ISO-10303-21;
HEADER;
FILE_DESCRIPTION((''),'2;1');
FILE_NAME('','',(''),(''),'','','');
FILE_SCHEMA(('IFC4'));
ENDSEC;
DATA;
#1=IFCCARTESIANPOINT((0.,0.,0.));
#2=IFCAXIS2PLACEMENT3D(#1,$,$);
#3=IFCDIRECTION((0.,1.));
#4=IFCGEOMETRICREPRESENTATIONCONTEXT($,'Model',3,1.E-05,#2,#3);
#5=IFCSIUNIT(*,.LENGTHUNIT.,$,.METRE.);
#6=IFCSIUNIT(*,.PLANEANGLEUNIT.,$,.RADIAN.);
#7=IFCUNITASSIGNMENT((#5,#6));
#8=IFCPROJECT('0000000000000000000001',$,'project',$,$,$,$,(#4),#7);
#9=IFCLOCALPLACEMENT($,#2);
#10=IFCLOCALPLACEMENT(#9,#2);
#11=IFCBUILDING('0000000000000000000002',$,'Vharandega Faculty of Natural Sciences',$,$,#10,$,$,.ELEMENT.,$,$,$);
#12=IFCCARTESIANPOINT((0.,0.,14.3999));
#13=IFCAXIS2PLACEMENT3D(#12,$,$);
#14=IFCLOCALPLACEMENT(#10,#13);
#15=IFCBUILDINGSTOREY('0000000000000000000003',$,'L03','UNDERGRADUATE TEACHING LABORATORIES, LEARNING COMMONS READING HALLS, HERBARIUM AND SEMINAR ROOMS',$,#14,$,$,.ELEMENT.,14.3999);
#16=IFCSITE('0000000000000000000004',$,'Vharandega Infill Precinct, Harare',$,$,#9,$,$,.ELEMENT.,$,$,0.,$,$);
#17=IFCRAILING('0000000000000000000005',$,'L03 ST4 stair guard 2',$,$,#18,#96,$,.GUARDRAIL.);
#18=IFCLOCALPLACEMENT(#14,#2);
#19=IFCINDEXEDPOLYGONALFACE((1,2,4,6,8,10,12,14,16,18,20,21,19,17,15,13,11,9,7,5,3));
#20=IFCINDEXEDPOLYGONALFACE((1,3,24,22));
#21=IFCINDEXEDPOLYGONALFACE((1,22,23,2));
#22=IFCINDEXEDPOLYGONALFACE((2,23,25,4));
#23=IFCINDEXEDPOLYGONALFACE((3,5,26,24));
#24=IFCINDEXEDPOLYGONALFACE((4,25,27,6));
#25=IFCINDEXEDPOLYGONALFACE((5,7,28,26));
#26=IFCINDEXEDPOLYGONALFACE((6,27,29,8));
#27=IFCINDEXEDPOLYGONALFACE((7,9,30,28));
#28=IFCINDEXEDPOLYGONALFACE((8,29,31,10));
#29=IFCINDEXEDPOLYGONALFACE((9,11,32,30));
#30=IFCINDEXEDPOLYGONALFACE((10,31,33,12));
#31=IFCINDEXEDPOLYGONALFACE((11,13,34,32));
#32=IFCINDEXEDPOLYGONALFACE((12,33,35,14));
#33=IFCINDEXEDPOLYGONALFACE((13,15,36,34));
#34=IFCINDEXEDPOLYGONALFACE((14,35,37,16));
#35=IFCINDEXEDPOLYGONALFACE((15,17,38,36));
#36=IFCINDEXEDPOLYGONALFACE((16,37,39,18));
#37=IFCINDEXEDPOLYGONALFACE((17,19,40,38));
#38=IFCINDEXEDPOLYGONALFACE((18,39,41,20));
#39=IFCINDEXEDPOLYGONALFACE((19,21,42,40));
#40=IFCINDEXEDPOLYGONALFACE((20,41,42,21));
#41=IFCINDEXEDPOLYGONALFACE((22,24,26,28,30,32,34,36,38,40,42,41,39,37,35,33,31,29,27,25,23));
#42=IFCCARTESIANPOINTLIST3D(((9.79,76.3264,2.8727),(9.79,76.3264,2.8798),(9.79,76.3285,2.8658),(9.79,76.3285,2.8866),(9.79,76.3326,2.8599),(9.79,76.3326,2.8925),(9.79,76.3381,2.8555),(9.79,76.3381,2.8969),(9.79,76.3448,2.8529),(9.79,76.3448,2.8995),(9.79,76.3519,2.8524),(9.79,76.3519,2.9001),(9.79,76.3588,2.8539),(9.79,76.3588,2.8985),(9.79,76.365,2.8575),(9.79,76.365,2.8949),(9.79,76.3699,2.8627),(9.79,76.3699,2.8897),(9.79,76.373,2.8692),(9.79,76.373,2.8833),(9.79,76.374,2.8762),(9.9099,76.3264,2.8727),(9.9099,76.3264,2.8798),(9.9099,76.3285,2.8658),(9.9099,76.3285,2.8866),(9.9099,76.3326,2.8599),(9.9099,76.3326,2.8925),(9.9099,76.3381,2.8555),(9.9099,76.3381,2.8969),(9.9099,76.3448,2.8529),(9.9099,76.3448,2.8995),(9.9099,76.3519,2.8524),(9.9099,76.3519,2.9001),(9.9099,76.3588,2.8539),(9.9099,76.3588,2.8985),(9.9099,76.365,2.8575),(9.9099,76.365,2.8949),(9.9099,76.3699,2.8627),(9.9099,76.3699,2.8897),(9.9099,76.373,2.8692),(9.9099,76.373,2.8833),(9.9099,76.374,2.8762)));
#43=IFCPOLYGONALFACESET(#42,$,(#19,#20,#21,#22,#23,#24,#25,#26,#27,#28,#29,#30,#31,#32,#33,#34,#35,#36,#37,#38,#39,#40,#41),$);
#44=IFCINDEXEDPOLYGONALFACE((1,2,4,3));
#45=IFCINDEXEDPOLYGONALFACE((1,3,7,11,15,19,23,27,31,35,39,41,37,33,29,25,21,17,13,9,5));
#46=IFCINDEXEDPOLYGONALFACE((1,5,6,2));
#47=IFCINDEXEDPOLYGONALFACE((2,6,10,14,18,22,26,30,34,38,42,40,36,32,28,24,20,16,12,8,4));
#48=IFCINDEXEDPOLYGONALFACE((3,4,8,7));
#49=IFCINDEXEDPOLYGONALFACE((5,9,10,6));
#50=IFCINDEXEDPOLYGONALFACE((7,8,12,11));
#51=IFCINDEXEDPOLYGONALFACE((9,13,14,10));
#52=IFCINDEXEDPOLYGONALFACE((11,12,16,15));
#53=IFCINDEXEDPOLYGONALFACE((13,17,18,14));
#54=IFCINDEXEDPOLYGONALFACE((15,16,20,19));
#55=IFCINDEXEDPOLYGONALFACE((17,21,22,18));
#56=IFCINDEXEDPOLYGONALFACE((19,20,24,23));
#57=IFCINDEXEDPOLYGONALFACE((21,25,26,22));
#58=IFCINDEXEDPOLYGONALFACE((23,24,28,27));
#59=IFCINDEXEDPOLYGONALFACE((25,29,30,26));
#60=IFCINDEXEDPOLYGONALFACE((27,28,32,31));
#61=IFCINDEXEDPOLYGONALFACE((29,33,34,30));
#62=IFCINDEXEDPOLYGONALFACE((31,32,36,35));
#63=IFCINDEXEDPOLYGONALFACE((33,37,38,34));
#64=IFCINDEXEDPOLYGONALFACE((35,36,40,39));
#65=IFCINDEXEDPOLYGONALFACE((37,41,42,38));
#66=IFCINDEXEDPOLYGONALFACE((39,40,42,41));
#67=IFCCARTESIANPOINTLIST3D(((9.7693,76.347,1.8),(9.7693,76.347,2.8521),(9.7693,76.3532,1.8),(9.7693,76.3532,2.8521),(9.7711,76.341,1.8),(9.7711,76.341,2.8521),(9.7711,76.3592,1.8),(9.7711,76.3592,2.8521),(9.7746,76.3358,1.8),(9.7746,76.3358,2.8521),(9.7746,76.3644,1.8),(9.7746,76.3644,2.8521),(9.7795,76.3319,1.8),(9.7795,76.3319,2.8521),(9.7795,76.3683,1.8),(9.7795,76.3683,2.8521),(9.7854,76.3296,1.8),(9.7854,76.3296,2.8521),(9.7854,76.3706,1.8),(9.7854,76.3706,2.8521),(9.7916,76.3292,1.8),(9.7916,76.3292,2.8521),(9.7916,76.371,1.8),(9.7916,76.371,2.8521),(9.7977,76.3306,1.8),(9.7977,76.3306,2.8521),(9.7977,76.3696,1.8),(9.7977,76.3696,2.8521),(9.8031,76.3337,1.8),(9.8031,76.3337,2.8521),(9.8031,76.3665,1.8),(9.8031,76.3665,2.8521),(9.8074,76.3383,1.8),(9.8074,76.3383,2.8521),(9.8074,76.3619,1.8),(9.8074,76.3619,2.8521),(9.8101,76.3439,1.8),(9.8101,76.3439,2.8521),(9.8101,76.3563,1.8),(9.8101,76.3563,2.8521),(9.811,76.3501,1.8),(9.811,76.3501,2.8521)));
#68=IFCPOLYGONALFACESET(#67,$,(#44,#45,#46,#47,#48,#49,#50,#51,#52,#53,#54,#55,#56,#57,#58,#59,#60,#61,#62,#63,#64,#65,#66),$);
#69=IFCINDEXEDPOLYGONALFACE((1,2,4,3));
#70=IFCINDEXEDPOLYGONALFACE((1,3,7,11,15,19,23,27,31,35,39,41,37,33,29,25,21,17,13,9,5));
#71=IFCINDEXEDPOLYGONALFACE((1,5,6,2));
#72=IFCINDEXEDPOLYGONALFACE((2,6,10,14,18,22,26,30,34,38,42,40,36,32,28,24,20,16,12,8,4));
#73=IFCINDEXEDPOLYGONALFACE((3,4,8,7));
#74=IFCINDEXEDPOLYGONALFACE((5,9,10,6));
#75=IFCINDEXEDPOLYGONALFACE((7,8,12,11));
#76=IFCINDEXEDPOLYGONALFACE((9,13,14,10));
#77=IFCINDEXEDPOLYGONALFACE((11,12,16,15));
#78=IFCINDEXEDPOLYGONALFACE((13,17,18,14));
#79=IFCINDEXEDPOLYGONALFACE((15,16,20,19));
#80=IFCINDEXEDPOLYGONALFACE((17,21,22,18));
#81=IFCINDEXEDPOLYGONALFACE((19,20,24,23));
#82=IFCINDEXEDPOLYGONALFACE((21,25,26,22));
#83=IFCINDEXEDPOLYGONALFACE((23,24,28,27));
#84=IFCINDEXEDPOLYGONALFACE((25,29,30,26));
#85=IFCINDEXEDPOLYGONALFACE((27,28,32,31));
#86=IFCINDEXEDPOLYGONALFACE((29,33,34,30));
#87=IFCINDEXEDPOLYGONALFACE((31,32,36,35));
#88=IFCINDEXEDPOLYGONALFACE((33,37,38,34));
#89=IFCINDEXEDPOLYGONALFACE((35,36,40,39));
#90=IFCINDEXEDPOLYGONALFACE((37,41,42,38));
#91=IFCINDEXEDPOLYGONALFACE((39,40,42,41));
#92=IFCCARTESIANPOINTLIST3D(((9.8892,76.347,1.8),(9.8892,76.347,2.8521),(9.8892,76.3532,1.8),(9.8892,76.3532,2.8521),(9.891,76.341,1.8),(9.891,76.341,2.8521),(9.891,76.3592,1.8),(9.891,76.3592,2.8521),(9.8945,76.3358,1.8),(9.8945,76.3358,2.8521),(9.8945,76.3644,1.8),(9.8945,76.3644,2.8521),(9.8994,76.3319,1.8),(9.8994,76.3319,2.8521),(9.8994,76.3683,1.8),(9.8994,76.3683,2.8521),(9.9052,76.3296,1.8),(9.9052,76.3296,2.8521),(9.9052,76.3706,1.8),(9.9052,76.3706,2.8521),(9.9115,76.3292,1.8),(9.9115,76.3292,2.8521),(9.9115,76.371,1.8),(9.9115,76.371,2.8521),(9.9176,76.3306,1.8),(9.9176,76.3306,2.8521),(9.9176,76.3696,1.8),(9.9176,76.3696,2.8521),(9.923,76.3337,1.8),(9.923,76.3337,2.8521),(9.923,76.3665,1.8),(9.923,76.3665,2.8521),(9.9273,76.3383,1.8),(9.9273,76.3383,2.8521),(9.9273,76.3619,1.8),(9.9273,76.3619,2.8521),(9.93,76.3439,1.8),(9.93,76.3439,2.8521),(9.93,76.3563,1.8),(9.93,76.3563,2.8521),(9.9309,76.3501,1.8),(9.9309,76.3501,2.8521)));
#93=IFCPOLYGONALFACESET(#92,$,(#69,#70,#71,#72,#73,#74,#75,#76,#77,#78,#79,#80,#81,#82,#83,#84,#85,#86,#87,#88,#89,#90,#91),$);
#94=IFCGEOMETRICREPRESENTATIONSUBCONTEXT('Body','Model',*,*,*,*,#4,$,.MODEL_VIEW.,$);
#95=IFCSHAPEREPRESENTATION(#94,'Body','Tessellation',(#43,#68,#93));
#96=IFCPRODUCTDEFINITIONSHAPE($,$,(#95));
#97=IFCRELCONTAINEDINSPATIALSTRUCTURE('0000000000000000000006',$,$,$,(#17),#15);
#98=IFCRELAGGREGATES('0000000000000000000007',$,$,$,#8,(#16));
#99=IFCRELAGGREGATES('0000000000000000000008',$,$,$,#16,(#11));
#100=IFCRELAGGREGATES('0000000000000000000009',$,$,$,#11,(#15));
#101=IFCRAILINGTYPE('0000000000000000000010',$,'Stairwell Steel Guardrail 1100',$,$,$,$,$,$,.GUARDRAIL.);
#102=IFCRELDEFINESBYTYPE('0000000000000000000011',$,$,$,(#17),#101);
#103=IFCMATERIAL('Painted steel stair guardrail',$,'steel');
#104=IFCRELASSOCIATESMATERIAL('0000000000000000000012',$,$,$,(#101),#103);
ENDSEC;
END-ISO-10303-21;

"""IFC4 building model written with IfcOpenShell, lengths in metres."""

from ifc_helpers import new_model, si_unit, direction, frame, origin, origin_2d, place, context, subcontext, project, spatial, circle, extrude, material, type_object, element, save


model = new_model("IFC4")

# Units and contexts
model_context = context("Model", 3, precision=1e-05, world=origin(), true_north=direction((0.0, 1.0)))
body_context = subcontext(model_context, "Body", "Model", "MODEL_VIEW")
ifc_project = project(units=[si_unit("LENGTHUNIT", "METRE"), si_unit("PLANEANGLEUNIT", "RADIAN")], contexts=[model_context])

# Site, building, storey
site_placement = place(None, origin())
site = spatial("IfcSite", under=ifc_project, at=site_placement, Name="Vharandega Infill Precinct, Harare", CompositionType="ELEMENT", RefElevation=0.0)
building_placement = place(site_placement, origin())
building = spatial("IfcBuilding", under=site, at=building_placement, Name="Vharandega Faculty of Natural Sciences", CompositionType="ELEMENT")
storey_placement = place(building_placement, frame((0.0, 0.0, 14.3999)))
storey = spatial("IfcBuildingStorey", under=building, at=storey_placement, Name="L03", Description="UNDERGRADUATE TEACHING LABORATORIES, LEARNING COMMONS READING HALLS, HERBARIUM AND SEMINAR ROOMS", CompositionType="ELEMENT", Elevation=14.3999)

# Railing
ifc_material_1 = material(Name="Painted steel stair guardrail", Category="steel")
railing_type_1 = type_object("IfcRailingType", Name="Stairwell Steel Guardrail 1100", PredefinedType="GUARDRAIL", material=ifc_material_1)
railing_1_placement = place(storey_placement, frame((9.79, 76.3501, 1.8)))
element("IfcRailing", 1, at=railing_1_placement, inside=storey, type_object=railing_type_1, Name="L03 ST4 stair guard 2", PredefinedType="GUARDRAIL", context=body_context, shape_type="SweptSolid", body=[
    extrude(circle(Radius=0.0239, at=origin_2d()), frame((0.0, 0.0, 1.0762), z_axis=(1.0, 0.0, 0.0), x_axis=(0.0, 1.0, 0.0)), (0.0, 0.0, 1.0), 0.1199),
    extrude(circle(Radius=0.021, at=origin_2d()), origin(), (0.0, 0.0, 1.0), 1.052),
    extrude(circle(Radius=0.021, at=origin_2d()), frame((0.1199, 0.0, 0.0)), (0.0, 0.0, 1.0), 1.052),
])

save(model, "model.ifc")
